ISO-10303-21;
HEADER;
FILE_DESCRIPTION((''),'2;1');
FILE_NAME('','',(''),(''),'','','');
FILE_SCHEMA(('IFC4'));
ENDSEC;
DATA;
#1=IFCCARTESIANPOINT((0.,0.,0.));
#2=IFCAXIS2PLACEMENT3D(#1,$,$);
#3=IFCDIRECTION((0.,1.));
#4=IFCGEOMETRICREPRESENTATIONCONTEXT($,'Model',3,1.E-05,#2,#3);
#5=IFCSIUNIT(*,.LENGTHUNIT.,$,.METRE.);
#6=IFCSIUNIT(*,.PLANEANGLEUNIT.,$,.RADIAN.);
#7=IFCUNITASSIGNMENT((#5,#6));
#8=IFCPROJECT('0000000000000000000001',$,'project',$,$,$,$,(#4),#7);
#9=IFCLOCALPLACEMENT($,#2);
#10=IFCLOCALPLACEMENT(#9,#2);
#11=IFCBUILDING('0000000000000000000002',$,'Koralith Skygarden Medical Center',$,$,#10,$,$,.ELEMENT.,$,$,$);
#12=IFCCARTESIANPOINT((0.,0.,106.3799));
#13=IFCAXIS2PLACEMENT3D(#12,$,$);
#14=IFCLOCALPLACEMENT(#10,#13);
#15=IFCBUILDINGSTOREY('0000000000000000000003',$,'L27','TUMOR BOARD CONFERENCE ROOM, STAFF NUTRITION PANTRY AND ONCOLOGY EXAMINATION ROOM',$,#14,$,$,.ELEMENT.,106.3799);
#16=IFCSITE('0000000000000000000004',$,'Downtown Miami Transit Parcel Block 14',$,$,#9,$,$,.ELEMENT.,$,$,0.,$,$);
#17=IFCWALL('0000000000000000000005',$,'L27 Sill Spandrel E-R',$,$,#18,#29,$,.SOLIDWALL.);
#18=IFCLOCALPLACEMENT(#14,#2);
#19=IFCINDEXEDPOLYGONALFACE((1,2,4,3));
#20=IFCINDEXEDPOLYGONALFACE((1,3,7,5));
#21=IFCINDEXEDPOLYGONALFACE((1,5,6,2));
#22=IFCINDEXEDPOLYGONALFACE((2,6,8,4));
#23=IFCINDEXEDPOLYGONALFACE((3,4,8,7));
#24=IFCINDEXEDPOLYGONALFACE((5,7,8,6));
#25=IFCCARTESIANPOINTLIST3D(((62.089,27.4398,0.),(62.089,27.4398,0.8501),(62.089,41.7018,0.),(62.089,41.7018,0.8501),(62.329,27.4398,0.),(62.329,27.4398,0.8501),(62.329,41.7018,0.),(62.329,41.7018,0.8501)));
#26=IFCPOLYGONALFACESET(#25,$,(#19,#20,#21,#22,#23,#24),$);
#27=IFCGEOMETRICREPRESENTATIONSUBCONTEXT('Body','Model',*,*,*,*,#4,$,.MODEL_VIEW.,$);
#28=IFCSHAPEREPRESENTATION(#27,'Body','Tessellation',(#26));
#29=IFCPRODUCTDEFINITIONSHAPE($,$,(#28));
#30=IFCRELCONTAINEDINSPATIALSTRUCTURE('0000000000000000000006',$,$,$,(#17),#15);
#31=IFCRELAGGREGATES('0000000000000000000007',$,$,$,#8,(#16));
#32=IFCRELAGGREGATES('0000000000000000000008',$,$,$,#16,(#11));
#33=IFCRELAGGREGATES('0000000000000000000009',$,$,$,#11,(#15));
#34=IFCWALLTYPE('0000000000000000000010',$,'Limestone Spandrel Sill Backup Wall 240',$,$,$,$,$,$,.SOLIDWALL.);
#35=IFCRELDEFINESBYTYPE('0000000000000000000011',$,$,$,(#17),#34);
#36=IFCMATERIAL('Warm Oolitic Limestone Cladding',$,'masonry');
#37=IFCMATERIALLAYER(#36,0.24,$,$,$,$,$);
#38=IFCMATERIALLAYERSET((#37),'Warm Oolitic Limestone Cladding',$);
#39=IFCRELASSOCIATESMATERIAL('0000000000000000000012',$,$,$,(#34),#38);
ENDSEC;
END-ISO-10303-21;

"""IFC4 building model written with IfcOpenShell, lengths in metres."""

from ifc_helpers import new_model, si_unit, direction, frame, frame_2d, origin, place, context, subcontext, project, spatial, rectangle, extrude, material, layer, layer_set, type_object, element, save


model = new_model("IFC4")

# Units and contexts
model_context = context("Model", 3, precision=1e-05, world=origin(), true_north=direction((0.0, 1.0)))
body_context = subcontext(model_context, "Body", "Model", "MODEL_VIEW")
ifc_project = project(units=[si_unit("LENGTHUNIT", "METRE"), si_unit("PLANEANGLEUNIT", "RADIAN")], contexts=[model_context])

# Site, building, storey
site_placement = place(None, origin())
site = spatial("IfcSite", under=ifc_project, at=site_placement, Name="Downtown Miami Transit Parcel Block 14", CompositionType="ELEMENT", RefElevation=0.0)
building_placement = place(site_placement, origin())
building = spatial("IfcBuilding", under=site, at=building_placement, Name="Koralith Skygarden Medical Center", CompositionType="ELEMENT")
storey_placement = place(building_placement, frame((0.0, 0.0, 106.3799)))
storey = spatial("IfcBuildingStorey", under=building, at=storey_placement, Name="L27", Description="TUMOR BOARD CONFERENCE ROOM, STAFF NUTRITION PANTRY AND ONCOLOGY EXAMINATION ROOM", CompositionType="ELEMENT", Elevation=106.3799)

# Wall
ifc_material_1 = material(Name="Warm Oolitic Limestone Cladding", Category="masonry")
ifc_layer_1 = layer(ifc_material_1, 0.24)
ifc_layer_set_1 = layer_set([ifc_layer_1], Name="Warm Oolitic Limestone Cladding")
wall_type_1 = type_object("IfcWallType", Name="Limestone Spandrel Sill Backup Wall 240", PredefinedType="SOLIDWALL", material=ifc_layer_set_1)
wall_1_placement = place(storey_placement, frame((62.209, 27.4399, 0.0), z_axis=(0.0, 0.0, 1.0), x_axis=(0.0, 1.0, 0.0)))
element("IfcWall", 1, at=wall_1_placement, inside=storey, type_object=wall_type_1, Name="L27 Sill Spandrel E-R", PredefinedType="SOLIDWALL", context=body_context, shape_type="SweptSolid", body=[
    extrude(rectangle(XDim=14.262, YDim=0.24, at=frame_2d((7.1309, 0.0))), origin(), (0.0, 0.0, 1.0), 0.8501),
])

save(model, "model.ifc")
